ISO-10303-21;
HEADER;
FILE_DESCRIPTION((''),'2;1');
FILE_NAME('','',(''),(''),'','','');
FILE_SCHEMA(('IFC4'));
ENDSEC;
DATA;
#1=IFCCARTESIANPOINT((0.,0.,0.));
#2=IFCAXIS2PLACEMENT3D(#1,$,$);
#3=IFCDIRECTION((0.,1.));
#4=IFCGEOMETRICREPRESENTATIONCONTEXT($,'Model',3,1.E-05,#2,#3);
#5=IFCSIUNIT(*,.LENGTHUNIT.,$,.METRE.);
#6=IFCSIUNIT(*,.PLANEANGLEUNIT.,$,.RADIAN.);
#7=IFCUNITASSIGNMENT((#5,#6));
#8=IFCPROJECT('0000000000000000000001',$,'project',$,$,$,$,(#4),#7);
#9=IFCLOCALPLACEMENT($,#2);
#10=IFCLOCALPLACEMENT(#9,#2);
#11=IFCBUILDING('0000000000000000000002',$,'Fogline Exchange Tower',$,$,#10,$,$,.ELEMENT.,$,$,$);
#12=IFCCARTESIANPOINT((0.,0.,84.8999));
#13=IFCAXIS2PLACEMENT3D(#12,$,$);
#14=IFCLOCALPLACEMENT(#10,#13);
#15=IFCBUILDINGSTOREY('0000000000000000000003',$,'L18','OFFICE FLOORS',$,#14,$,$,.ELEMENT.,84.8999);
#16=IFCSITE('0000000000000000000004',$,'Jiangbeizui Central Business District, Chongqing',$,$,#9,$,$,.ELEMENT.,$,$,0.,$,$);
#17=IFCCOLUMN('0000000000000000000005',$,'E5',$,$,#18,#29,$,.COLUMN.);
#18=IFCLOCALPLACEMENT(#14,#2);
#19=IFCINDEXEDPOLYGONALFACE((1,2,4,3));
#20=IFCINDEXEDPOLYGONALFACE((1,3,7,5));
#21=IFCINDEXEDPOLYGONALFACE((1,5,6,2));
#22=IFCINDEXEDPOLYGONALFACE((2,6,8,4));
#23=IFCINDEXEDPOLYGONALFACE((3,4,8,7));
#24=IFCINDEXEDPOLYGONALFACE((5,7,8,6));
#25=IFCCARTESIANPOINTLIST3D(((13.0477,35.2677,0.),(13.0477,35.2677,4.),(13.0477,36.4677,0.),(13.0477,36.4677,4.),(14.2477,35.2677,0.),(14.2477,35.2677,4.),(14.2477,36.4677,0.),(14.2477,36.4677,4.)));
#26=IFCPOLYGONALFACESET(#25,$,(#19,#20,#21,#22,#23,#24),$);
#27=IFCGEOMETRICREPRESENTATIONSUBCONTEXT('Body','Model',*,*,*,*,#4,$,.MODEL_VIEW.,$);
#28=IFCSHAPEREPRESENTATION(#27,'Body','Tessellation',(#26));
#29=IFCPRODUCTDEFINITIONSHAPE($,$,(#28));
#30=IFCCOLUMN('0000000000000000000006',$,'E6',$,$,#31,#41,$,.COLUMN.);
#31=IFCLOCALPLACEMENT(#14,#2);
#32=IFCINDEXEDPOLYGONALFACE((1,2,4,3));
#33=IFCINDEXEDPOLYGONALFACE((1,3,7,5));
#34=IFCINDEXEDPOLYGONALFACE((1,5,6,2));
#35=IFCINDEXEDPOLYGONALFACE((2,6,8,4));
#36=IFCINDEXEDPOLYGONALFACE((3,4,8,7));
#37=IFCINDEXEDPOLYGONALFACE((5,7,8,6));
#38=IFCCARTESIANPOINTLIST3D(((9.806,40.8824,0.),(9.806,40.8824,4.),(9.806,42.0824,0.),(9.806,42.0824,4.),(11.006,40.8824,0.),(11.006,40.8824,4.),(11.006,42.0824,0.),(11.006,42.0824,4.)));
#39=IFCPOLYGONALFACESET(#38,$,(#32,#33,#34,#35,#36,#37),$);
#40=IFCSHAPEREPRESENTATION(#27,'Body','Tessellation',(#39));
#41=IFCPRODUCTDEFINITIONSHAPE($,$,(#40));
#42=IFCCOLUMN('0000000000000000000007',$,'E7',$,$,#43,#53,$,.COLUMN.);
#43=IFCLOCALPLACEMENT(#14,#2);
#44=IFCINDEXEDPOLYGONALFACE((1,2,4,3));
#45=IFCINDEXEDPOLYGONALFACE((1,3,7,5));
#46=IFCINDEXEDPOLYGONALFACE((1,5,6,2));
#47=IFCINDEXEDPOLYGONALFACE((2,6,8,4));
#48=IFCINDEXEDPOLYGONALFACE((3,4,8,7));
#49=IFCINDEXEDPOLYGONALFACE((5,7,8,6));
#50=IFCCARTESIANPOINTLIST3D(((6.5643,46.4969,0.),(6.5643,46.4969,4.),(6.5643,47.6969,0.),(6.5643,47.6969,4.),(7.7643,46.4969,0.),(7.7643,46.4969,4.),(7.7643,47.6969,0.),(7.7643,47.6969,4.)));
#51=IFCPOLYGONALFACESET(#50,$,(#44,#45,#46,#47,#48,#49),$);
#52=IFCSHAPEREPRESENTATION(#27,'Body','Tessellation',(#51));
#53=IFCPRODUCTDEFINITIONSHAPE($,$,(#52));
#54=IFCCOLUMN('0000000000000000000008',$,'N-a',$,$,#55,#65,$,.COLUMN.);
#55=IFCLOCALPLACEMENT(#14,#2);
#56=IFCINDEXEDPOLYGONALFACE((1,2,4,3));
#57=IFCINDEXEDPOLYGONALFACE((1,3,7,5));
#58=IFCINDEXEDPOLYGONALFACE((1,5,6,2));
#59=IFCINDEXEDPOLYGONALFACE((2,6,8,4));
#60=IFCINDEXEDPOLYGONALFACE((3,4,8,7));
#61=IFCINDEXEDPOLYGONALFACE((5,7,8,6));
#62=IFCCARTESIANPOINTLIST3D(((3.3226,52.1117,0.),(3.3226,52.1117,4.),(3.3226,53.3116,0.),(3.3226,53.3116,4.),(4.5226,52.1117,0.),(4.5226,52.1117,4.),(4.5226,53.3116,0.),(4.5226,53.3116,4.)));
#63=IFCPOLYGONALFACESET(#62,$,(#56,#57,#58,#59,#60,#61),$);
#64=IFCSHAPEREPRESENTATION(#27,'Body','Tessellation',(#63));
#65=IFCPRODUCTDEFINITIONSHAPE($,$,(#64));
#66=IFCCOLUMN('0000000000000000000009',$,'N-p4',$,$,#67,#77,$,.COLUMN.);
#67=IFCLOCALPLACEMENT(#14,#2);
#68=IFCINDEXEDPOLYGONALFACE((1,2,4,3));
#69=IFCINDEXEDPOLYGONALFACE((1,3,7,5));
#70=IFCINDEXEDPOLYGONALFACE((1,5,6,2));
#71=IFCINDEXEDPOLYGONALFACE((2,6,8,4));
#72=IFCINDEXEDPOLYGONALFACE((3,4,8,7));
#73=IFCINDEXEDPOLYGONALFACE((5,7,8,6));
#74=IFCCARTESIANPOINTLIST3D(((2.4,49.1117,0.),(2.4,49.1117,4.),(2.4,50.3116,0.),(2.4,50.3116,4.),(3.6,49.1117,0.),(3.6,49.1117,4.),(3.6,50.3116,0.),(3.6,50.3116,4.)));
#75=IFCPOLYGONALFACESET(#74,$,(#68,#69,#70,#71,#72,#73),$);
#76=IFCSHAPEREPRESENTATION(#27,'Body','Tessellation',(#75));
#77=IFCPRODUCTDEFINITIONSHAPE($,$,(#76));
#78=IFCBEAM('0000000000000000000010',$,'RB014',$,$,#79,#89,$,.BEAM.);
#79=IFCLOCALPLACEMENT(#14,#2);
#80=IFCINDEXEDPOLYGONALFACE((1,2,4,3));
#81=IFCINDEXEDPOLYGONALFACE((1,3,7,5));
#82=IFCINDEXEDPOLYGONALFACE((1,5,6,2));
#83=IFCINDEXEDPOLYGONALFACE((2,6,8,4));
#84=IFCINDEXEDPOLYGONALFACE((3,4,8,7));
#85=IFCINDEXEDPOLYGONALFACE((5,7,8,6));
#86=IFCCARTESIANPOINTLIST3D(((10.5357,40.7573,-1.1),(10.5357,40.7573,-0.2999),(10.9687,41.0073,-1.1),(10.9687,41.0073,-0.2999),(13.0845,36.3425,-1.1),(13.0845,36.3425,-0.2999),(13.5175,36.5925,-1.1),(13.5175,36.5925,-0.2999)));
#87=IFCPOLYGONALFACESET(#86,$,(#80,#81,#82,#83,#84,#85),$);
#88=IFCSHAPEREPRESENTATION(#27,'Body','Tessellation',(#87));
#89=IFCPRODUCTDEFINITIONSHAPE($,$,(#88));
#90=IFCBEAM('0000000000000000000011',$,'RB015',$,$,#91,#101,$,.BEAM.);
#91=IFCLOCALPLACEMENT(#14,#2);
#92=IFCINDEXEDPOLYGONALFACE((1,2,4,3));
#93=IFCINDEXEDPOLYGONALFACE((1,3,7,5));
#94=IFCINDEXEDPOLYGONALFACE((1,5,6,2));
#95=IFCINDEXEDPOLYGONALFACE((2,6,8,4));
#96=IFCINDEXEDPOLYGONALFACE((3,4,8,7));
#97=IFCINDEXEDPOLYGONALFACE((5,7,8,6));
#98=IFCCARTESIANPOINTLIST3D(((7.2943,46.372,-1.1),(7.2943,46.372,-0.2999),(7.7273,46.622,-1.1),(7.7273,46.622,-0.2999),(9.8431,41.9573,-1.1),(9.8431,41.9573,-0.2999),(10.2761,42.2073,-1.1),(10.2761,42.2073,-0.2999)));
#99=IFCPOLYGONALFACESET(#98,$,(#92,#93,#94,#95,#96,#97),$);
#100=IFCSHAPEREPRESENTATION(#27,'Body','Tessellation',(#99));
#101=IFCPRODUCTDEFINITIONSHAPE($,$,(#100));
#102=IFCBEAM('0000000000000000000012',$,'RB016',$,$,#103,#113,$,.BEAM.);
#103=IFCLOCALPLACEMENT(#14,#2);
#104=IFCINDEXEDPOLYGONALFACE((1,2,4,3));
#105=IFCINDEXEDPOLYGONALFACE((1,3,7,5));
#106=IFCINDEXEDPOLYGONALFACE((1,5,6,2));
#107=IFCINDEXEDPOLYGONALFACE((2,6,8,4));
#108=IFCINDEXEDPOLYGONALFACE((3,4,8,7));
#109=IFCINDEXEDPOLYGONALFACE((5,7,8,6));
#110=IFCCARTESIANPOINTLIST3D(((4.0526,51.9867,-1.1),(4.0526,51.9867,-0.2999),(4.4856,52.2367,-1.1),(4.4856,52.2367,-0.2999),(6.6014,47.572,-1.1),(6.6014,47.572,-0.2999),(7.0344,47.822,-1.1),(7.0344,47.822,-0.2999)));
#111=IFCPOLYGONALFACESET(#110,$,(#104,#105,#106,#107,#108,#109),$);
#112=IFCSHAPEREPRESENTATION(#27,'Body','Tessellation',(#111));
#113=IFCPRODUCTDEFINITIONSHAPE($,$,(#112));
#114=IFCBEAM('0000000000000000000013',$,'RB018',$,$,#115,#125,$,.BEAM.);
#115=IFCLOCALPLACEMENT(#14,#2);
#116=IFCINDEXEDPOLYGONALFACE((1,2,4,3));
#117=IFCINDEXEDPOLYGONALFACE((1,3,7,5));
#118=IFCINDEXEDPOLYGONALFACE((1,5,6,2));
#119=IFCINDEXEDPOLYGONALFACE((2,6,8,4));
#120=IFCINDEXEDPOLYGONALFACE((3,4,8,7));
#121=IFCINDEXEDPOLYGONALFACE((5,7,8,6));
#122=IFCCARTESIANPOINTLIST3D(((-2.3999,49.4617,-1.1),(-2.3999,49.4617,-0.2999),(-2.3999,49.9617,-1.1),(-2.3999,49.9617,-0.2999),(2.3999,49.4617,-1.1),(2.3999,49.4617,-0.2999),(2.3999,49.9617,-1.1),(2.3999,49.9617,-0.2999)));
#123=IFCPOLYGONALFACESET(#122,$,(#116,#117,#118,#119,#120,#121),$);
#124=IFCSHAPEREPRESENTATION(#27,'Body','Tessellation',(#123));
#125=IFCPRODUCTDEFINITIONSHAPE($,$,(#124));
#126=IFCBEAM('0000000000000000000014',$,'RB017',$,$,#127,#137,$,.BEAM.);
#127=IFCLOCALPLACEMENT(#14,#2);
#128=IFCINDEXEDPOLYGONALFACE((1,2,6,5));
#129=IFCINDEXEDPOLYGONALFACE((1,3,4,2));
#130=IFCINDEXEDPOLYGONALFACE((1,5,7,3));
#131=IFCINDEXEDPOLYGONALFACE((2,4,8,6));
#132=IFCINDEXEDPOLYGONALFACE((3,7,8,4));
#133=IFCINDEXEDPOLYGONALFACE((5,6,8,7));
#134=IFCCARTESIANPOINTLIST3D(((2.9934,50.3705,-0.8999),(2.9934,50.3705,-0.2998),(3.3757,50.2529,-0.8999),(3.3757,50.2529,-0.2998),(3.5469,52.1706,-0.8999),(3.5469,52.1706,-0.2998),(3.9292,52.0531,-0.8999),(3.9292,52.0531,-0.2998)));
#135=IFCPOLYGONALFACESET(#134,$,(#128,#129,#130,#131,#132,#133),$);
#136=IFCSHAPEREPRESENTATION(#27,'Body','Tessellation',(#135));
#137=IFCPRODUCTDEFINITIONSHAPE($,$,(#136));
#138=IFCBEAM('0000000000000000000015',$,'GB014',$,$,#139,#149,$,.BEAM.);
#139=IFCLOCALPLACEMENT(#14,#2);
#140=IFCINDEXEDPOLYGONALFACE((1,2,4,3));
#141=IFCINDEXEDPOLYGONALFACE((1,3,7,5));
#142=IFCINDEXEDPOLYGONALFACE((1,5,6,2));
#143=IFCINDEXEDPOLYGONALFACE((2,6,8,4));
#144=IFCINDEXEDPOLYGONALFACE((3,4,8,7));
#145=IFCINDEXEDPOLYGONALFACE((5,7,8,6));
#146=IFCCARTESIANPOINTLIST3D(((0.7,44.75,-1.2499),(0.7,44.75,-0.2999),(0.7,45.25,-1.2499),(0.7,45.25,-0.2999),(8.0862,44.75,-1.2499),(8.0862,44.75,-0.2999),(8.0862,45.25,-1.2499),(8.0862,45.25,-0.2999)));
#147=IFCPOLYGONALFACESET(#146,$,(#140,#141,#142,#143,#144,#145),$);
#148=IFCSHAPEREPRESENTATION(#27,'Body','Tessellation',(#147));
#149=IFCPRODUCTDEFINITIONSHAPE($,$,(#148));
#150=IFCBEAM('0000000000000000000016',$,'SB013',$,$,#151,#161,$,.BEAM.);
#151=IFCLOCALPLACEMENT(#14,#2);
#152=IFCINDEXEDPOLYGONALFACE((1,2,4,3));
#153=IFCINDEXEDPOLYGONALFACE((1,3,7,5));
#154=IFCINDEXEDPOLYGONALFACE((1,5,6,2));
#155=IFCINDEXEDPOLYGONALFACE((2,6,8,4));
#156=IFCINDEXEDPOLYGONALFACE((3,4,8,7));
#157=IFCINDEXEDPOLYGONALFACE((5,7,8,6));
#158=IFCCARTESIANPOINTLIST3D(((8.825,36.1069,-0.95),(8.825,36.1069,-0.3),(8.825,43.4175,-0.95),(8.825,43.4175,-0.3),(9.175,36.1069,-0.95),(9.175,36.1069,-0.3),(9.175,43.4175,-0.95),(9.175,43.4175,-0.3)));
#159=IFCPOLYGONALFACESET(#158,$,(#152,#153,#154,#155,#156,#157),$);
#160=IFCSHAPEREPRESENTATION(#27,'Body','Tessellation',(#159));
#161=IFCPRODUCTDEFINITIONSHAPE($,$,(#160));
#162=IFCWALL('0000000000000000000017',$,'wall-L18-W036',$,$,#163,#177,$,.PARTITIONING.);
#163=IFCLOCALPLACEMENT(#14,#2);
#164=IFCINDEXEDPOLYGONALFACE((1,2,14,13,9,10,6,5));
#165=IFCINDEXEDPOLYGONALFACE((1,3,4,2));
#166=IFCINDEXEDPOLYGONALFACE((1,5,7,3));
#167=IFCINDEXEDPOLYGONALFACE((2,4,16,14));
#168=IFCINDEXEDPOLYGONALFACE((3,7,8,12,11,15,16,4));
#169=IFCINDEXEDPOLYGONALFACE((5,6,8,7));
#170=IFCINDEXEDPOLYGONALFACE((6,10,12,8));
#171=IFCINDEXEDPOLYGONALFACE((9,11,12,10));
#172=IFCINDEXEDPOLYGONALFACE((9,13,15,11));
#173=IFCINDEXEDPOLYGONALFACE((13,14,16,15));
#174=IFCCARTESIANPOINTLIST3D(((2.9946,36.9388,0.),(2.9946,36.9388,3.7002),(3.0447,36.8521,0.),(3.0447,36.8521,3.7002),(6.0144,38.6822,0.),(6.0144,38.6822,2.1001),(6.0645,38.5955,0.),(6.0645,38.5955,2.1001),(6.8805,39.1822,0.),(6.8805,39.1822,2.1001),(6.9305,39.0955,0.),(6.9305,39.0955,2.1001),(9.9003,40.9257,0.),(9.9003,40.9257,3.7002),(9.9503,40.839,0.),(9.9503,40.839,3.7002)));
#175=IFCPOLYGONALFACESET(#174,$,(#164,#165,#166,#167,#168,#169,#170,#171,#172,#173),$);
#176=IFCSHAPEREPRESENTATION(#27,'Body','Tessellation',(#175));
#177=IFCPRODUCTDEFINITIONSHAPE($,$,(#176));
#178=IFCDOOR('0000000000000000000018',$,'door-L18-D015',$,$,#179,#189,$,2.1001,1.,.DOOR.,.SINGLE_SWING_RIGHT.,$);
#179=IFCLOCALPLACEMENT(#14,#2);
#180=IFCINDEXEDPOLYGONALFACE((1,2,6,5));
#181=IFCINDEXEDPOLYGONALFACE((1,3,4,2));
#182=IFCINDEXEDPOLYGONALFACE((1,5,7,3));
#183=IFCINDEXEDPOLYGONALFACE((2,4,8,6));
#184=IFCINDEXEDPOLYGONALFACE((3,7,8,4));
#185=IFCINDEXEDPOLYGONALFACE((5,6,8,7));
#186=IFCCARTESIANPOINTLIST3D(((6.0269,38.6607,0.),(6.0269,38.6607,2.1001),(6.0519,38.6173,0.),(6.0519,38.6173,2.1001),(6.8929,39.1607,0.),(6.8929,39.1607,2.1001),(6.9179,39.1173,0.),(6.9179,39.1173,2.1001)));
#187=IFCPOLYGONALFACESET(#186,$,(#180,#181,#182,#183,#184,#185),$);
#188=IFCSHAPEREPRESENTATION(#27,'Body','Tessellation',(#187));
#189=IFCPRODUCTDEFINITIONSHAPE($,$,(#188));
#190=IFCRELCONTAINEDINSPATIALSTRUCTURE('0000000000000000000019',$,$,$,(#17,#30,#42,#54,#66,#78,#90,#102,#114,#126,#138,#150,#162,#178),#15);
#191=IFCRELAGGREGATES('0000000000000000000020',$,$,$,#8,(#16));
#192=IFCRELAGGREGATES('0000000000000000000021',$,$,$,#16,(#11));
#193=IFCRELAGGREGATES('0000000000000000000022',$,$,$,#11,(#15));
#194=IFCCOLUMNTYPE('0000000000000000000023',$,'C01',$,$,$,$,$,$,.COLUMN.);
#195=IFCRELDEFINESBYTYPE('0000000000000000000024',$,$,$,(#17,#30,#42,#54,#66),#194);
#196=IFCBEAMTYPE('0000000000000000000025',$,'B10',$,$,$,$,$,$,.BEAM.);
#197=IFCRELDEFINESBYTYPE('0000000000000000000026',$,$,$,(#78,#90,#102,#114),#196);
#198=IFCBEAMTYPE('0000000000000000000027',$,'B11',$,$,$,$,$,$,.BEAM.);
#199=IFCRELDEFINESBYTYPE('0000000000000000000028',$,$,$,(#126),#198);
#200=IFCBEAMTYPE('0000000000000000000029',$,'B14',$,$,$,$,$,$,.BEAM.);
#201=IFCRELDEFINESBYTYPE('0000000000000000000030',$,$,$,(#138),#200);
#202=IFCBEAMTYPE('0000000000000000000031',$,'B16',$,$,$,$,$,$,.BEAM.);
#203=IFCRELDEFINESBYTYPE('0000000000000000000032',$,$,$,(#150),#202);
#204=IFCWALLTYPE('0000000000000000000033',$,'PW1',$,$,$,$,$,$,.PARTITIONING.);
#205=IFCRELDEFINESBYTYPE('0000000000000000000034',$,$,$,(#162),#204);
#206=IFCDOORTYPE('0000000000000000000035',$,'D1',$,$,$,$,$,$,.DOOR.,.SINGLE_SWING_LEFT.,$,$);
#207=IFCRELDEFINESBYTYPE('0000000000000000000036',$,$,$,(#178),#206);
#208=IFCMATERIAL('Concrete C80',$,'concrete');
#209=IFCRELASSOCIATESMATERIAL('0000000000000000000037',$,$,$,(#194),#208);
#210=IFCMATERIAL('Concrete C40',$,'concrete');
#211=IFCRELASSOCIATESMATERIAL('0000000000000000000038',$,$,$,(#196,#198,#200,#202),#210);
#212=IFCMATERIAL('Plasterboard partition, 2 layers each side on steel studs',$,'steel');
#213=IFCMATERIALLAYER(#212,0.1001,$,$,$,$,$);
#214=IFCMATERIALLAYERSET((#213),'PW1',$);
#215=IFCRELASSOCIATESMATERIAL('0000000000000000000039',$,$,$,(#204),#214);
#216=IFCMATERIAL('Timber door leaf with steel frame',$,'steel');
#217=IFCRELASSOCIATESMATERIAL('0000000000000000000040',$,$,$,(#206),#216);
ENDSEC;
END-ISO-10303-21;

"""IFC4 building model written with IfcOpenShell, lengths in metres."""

from ifc_helpers import new_model, si_unit, direction, frame, frame_2d, origin, origin_2d, place, context, subcontext, project, spatial, rectangle, extrude, material, layer, layer_set, material_profile, profile_set, type_object, element, fill, save


model = new_model("IFC4")

# Units and contexts
model_context = context("Model", 3, precision=1e-05, world=origin(), true_north=direction((0.0, 1.0)))
body_context = subcontext(model_context, "Body", "Model", "MODEL_VIEW")
ifc_project = project(units=[si_unit("LENGTHUNIT", "METRE"), si_unit("PLANEANGLEUNIT", "RADIAN")], contexts=[model_context])

# Site, building, storey
site_placement = place(None, origin())
site = spatial("IfcSite", under=ifc_project, at=site_placement, Name="Jiangbeizui Central Business District, Chongqing", CompositionType="ELEMENT", RefElevation=0.0)
building_placement = place(site_placement, origin())
building = spatial("IfcBuilding", under=site, at=building_placement, Name="Fogline Exchange Tower", CompositionType="ELEMENT")
storey_placement = place(building_placement, frame((0.0, 0.0, 84.8999)))
storey = spatial("IfcBuildingStorey", under=building, at=storey_placement, Name="L18", Description="OFFICE FLOORS", CompositionType="ELEMENT", Elevation=84.8999)

# Columns
ifc_material_1 = material(Name="Concrete C80", Category="concrete")
ifc_material_profile_1 = material_profile(ifc_material_1, rectangle(XDim=1.2, YDim=1.2, at=origin_2d()), Name="RC 1200x1200")
ifc_profile_set_1 = profile_set([ifc_material_profile_1], Name="Concrete C80")
column_type = type_object("IfcColumnType", Name="C01", PredefinedType="COLUMN", material=ifc_profile_set_1)
for number, where, z_axis, x_axis, name in (
    (1, (13.6477, 35.8677, 0.0), (0.0, 0.0, 1.0), (1.0, 0.0, 0.0), "E5"),
    (2, (10.406, 41.4824, 0.0), (0.0, 0.0, 1.0), (1.0, 0.0, 0.0), "E6"),
    (3, (7.1643, 47.0969, 0.0), (0.0, 0.0, 1.0), (1.0, 0.0, 0.0), "E7"),
    (4, (3.9226, 52.7117, 0.0), (0.0, 0.0, 1.0), (1.0, 0.0, 0.0), "N-a"),
    (5, (3.0, 49.7117, 0.0), (0.0, 0.0, 1.0), (1.0, 0.0, 0.0), "N-p4"),
):
    element("IfcColumn", number, at=place(storey_placement, frame(where, z_axis=z_axis, x_axis=x_axis)), inside=storey, type_object=column_type, Name=name, PredefinedType="COLUMN", context=body_context, shape_type="SweptSolid", body=[
        extrude(rectangle(XDim=1.2, YDim=1.2, at=origin_2d()), origin(), (0.0, 0.0, 1.0), 4.0),
    ])

# Beams
ifc_material_2 = material(Name="Concrete C40", Category="concrete")
ifc_material_profile_2 = material_profile(ifc_material_2, rectangle(XDim=0.5, YDim=0.8, at=origin_2d()), Name="RC 500x800")
ifc_profile_set_2 = profile_set([ifc_material_profile_2], Name="Concrete C40")
beam_type_1 = type_object("IfcBeamType", Name="B10", PredefinedType="BEAM", material=ifc_profile_set_2)
for number, where, z_axis, x_axis, name in (
    (6, (13.301, 36.4675, -0.7), (-0.499992, 0.86603, 0.0), (-0.86603, -0.499992, 0.0), "RB014"),
    (7, (10.0596, 42.0823, -0.7), (-0.499992, 0.86603, 0.0), (-0.86603, -0.499992, 0.0), "RB015"),
    (8, (6.8179, 47.697, -0.7), (-0.499992, 0.86603, 0.0), (-0.86603, -0.499992, 0.0), "RB016"),
):
    element("IfcBeam", number, at=place(storey_placement, frame(where, z_axis=z_axis, x_axis=x_axis)), inside=storey, type_object=beam_type_1, Name=name, PredefinedType="BEAM", context=body_context, shape_type="SweptSolid", body=[
        extrude(rectangle(XDim=0.5, YDim=0.8, at=origin_2d()), origin(), (0.0, 0.0, 1.0), 5.0977),
    ])
beam_1_placement = place(storey_placement, frame((2.3999, 49.7117, -0.7), z_axis=(-1.0, 0.0, 0.0), x_axis=(0.0, -1.0, 0.0)))
element("IfcBeam", 9, at=beam_1_placement, inside=storey, type_object=beam_type_1, Name="RB018", PredefinedType="BEAM", context=body_context, shape_type="SweptSolid", body=[
    extrude(rectangle(XDim=0.5, YDim=0.8, at=origin_2d()), origin(), (0.0, 0.0, 1.0), 4.7998),
])
ifc_material_profile_3 = material_profile(ifc_material_2, rectangle(XDim=0.3999, YDim=0.6001, at=origin_2d()), Name="RC 400x600")
ifc_profile_set_3 = profile_set([ifc_material_profile_3], Name="Concrete C40")
beam_type_2 = type_object("IfcBeamType", Name="B11", PredefinedType="BEAM", material=ifc_profile_set_3)
beam_2_placement = place(storey_placement, frame((3.738, 52.1118, -0.5999), z_axis=(-0.293895, -0.955838, 0.0), x_axis=(0.955838, -0.293895, 0.0)))
element("IfcBeam", 10, at=beam_2_placement, inside=storey, type_object=beam_type_2, Name="RB017", PredefinedType="BEAM", context=body_context, shape_type="SweptSolid", body=[
    extrude(rectangle(XDim=0.3999, YDim=0.6001, at=origin_2d()), origin(), (0.0, 0.0, 1.0), 1.8833),
])
ifc_material_profile_4 = material_profile(ifc_material_2, rectangle(XDim=0.5, YDim=0.95, at=origin_2d()), Name="RC 500x950")
ifc_profile_set_4 = profile_set([ifc_material_profile_4], Name="Concrete C40")
beam_type_3 = type_object("IfcBeamType", Name="B14", PredefinedType="BEAM", material=ifc_profile_set_4)
beam_3_placement = place(storey_placement, frame((0.7, 45.0, -0.7749), z_axis=(1.0, 0.0, 0.0), x_axis=(0.0, 1.0, 0.0)))
element("IfcBeam", 11, at=beam_3_placement, inside=storey, type_object=beam_type_3, Name="GB014", PredefinedType="BEAM", context=body_context, shape_type="SweptSolid", body=[
    extrude(rectangle(XDim=0.5, YDim=0.95, at=origin_2d()), origin(), (0.0, 0.0, 1.0), 7.3862),
])
ifc_material_profile_5 = material_profile(ifc_material_2, rectangle(XDim=0.3501, YDim=0.6499, at=origin_2d()), Name="RC 350x650")
ifc_profile_set_5 = profile_set([ifc_material_profile_5], Name="Concrete C40")
beam_type_4 = type_object("IfcBeamType", Name="B16", PredefinedType="BEAM", material=ifc_profile_set_5)
beam_4_placement = place(storey_placement, frame((9.0, 36.1069, -0.625), z_axis=(0.0, 1.0, 0.0), x_axis=(-1.0, 0.0, 0.0)))
element("IfcBeam", 12, at=beam_4_placement, inside=storey, type_object=beam_type_4, Name="SB013", PredefinedType="BEAM", context=body_context, shape_type="SweptSolid", body=[
    extrude(rectangle(XDim=0.3501, YDim=0.6499, at=origin_2d()), origin(), (0.0, 0.0, 1.0), 7.3105),
])

# Wall, opening, door
ifc_material_3 = material(Name="Plasterboard partition, 2 layers each side on steel studs", Category="steel")
ifc_layer_1 = layer(ifc_material_3, 0.1001)
ifc_layer_set_1 = layer_set([ifc_layer_1], Name="PW1")
wall_type_1 = type_object("IfcWallType", Name="PW1", PredefinedType="PARTITIONING", material=ifc_layer_set_1)
wall_1_placement = place(storey_placement, frame((3.0198, 36.8955, 0.0), z_axis=(0.0, 0.0, 1.0), x_axis=(0.86603, 0.499992, 0.0)))
wall_1 = element("IfcWall", 13, at=wall_1_placement, inside=storey, type_object=wall_type_1, Name="wall-L18-W036", PredefinedType="PARTITIONING", context=body_context, shape_type="SweptSolid", body=[
    extrude(rectangle(XDim=7.9739, YDim=0.1001, at=frame_2d((3.9868, 0.0))), origin(), (0.0, 0.0, 1.0), 3.7002),
])
opening_1_placement = place(wall_1_placement, frame((3.4868, 0.0, 0.0)))
opening_1 = element("IfcOpeningElement", 14, at=opening_1_placement, cuts=wall_1, PredefinedType="OPENING", context=body_context, shape_type="SweptSolid", body=[
    extrude(rectangle(XDim=1.0, YDim=2.1001, at=frame_2d((0.5, 1.05))), frame((0.0, 0.0601, 0.0), z_axis=(0.0, -1.0, 0.0), x_axis=(1.0, 0.0, 0.0)), (0.0, 0.0, 1.0), 0.1201),
])
ifc_material_4 = material(Name="Timber door leaf with steel frame", Category="steel")
door_type_1 = type_object("IfcDoorType", Name="D1", OperationType="SINGLE_SWING_LEFT", PredefinedType="DOOR", material=ifc_material_4)
door_1_placement = place(opening_1_placement, frame((1.0, 0.0, 0.0), z_axis=(0.0, 0.0, 1.0), x_axis=(-1.0, 0.0, 0.0)))
door_1 = element("IfcDoor", 15, at=door_1_placement, inside=storey, type_object=door_type_1, Name="door-L18-D015", OperationType="SINGLE_SWING_RIGHT", OverallHeight=2.1001, OverallWidth=1.0, PredefinedType="DOOR", context=body_context, shape_type="SweptSolid", body=[
    extrude(rectangle(XDim=1.0, YDim=2.1001, at=frame_2d((0.5, 1.05))), frame((0.0, 0.0249, 0.0), z_axis=(0.0, -1.0, 0.0), x_axis=(1.0, 0.0, 0.0)), (0.0, 0.0, 1.0), 0.05),
])
fill(opening_1, door_1)

save(model, "model.ifc")
